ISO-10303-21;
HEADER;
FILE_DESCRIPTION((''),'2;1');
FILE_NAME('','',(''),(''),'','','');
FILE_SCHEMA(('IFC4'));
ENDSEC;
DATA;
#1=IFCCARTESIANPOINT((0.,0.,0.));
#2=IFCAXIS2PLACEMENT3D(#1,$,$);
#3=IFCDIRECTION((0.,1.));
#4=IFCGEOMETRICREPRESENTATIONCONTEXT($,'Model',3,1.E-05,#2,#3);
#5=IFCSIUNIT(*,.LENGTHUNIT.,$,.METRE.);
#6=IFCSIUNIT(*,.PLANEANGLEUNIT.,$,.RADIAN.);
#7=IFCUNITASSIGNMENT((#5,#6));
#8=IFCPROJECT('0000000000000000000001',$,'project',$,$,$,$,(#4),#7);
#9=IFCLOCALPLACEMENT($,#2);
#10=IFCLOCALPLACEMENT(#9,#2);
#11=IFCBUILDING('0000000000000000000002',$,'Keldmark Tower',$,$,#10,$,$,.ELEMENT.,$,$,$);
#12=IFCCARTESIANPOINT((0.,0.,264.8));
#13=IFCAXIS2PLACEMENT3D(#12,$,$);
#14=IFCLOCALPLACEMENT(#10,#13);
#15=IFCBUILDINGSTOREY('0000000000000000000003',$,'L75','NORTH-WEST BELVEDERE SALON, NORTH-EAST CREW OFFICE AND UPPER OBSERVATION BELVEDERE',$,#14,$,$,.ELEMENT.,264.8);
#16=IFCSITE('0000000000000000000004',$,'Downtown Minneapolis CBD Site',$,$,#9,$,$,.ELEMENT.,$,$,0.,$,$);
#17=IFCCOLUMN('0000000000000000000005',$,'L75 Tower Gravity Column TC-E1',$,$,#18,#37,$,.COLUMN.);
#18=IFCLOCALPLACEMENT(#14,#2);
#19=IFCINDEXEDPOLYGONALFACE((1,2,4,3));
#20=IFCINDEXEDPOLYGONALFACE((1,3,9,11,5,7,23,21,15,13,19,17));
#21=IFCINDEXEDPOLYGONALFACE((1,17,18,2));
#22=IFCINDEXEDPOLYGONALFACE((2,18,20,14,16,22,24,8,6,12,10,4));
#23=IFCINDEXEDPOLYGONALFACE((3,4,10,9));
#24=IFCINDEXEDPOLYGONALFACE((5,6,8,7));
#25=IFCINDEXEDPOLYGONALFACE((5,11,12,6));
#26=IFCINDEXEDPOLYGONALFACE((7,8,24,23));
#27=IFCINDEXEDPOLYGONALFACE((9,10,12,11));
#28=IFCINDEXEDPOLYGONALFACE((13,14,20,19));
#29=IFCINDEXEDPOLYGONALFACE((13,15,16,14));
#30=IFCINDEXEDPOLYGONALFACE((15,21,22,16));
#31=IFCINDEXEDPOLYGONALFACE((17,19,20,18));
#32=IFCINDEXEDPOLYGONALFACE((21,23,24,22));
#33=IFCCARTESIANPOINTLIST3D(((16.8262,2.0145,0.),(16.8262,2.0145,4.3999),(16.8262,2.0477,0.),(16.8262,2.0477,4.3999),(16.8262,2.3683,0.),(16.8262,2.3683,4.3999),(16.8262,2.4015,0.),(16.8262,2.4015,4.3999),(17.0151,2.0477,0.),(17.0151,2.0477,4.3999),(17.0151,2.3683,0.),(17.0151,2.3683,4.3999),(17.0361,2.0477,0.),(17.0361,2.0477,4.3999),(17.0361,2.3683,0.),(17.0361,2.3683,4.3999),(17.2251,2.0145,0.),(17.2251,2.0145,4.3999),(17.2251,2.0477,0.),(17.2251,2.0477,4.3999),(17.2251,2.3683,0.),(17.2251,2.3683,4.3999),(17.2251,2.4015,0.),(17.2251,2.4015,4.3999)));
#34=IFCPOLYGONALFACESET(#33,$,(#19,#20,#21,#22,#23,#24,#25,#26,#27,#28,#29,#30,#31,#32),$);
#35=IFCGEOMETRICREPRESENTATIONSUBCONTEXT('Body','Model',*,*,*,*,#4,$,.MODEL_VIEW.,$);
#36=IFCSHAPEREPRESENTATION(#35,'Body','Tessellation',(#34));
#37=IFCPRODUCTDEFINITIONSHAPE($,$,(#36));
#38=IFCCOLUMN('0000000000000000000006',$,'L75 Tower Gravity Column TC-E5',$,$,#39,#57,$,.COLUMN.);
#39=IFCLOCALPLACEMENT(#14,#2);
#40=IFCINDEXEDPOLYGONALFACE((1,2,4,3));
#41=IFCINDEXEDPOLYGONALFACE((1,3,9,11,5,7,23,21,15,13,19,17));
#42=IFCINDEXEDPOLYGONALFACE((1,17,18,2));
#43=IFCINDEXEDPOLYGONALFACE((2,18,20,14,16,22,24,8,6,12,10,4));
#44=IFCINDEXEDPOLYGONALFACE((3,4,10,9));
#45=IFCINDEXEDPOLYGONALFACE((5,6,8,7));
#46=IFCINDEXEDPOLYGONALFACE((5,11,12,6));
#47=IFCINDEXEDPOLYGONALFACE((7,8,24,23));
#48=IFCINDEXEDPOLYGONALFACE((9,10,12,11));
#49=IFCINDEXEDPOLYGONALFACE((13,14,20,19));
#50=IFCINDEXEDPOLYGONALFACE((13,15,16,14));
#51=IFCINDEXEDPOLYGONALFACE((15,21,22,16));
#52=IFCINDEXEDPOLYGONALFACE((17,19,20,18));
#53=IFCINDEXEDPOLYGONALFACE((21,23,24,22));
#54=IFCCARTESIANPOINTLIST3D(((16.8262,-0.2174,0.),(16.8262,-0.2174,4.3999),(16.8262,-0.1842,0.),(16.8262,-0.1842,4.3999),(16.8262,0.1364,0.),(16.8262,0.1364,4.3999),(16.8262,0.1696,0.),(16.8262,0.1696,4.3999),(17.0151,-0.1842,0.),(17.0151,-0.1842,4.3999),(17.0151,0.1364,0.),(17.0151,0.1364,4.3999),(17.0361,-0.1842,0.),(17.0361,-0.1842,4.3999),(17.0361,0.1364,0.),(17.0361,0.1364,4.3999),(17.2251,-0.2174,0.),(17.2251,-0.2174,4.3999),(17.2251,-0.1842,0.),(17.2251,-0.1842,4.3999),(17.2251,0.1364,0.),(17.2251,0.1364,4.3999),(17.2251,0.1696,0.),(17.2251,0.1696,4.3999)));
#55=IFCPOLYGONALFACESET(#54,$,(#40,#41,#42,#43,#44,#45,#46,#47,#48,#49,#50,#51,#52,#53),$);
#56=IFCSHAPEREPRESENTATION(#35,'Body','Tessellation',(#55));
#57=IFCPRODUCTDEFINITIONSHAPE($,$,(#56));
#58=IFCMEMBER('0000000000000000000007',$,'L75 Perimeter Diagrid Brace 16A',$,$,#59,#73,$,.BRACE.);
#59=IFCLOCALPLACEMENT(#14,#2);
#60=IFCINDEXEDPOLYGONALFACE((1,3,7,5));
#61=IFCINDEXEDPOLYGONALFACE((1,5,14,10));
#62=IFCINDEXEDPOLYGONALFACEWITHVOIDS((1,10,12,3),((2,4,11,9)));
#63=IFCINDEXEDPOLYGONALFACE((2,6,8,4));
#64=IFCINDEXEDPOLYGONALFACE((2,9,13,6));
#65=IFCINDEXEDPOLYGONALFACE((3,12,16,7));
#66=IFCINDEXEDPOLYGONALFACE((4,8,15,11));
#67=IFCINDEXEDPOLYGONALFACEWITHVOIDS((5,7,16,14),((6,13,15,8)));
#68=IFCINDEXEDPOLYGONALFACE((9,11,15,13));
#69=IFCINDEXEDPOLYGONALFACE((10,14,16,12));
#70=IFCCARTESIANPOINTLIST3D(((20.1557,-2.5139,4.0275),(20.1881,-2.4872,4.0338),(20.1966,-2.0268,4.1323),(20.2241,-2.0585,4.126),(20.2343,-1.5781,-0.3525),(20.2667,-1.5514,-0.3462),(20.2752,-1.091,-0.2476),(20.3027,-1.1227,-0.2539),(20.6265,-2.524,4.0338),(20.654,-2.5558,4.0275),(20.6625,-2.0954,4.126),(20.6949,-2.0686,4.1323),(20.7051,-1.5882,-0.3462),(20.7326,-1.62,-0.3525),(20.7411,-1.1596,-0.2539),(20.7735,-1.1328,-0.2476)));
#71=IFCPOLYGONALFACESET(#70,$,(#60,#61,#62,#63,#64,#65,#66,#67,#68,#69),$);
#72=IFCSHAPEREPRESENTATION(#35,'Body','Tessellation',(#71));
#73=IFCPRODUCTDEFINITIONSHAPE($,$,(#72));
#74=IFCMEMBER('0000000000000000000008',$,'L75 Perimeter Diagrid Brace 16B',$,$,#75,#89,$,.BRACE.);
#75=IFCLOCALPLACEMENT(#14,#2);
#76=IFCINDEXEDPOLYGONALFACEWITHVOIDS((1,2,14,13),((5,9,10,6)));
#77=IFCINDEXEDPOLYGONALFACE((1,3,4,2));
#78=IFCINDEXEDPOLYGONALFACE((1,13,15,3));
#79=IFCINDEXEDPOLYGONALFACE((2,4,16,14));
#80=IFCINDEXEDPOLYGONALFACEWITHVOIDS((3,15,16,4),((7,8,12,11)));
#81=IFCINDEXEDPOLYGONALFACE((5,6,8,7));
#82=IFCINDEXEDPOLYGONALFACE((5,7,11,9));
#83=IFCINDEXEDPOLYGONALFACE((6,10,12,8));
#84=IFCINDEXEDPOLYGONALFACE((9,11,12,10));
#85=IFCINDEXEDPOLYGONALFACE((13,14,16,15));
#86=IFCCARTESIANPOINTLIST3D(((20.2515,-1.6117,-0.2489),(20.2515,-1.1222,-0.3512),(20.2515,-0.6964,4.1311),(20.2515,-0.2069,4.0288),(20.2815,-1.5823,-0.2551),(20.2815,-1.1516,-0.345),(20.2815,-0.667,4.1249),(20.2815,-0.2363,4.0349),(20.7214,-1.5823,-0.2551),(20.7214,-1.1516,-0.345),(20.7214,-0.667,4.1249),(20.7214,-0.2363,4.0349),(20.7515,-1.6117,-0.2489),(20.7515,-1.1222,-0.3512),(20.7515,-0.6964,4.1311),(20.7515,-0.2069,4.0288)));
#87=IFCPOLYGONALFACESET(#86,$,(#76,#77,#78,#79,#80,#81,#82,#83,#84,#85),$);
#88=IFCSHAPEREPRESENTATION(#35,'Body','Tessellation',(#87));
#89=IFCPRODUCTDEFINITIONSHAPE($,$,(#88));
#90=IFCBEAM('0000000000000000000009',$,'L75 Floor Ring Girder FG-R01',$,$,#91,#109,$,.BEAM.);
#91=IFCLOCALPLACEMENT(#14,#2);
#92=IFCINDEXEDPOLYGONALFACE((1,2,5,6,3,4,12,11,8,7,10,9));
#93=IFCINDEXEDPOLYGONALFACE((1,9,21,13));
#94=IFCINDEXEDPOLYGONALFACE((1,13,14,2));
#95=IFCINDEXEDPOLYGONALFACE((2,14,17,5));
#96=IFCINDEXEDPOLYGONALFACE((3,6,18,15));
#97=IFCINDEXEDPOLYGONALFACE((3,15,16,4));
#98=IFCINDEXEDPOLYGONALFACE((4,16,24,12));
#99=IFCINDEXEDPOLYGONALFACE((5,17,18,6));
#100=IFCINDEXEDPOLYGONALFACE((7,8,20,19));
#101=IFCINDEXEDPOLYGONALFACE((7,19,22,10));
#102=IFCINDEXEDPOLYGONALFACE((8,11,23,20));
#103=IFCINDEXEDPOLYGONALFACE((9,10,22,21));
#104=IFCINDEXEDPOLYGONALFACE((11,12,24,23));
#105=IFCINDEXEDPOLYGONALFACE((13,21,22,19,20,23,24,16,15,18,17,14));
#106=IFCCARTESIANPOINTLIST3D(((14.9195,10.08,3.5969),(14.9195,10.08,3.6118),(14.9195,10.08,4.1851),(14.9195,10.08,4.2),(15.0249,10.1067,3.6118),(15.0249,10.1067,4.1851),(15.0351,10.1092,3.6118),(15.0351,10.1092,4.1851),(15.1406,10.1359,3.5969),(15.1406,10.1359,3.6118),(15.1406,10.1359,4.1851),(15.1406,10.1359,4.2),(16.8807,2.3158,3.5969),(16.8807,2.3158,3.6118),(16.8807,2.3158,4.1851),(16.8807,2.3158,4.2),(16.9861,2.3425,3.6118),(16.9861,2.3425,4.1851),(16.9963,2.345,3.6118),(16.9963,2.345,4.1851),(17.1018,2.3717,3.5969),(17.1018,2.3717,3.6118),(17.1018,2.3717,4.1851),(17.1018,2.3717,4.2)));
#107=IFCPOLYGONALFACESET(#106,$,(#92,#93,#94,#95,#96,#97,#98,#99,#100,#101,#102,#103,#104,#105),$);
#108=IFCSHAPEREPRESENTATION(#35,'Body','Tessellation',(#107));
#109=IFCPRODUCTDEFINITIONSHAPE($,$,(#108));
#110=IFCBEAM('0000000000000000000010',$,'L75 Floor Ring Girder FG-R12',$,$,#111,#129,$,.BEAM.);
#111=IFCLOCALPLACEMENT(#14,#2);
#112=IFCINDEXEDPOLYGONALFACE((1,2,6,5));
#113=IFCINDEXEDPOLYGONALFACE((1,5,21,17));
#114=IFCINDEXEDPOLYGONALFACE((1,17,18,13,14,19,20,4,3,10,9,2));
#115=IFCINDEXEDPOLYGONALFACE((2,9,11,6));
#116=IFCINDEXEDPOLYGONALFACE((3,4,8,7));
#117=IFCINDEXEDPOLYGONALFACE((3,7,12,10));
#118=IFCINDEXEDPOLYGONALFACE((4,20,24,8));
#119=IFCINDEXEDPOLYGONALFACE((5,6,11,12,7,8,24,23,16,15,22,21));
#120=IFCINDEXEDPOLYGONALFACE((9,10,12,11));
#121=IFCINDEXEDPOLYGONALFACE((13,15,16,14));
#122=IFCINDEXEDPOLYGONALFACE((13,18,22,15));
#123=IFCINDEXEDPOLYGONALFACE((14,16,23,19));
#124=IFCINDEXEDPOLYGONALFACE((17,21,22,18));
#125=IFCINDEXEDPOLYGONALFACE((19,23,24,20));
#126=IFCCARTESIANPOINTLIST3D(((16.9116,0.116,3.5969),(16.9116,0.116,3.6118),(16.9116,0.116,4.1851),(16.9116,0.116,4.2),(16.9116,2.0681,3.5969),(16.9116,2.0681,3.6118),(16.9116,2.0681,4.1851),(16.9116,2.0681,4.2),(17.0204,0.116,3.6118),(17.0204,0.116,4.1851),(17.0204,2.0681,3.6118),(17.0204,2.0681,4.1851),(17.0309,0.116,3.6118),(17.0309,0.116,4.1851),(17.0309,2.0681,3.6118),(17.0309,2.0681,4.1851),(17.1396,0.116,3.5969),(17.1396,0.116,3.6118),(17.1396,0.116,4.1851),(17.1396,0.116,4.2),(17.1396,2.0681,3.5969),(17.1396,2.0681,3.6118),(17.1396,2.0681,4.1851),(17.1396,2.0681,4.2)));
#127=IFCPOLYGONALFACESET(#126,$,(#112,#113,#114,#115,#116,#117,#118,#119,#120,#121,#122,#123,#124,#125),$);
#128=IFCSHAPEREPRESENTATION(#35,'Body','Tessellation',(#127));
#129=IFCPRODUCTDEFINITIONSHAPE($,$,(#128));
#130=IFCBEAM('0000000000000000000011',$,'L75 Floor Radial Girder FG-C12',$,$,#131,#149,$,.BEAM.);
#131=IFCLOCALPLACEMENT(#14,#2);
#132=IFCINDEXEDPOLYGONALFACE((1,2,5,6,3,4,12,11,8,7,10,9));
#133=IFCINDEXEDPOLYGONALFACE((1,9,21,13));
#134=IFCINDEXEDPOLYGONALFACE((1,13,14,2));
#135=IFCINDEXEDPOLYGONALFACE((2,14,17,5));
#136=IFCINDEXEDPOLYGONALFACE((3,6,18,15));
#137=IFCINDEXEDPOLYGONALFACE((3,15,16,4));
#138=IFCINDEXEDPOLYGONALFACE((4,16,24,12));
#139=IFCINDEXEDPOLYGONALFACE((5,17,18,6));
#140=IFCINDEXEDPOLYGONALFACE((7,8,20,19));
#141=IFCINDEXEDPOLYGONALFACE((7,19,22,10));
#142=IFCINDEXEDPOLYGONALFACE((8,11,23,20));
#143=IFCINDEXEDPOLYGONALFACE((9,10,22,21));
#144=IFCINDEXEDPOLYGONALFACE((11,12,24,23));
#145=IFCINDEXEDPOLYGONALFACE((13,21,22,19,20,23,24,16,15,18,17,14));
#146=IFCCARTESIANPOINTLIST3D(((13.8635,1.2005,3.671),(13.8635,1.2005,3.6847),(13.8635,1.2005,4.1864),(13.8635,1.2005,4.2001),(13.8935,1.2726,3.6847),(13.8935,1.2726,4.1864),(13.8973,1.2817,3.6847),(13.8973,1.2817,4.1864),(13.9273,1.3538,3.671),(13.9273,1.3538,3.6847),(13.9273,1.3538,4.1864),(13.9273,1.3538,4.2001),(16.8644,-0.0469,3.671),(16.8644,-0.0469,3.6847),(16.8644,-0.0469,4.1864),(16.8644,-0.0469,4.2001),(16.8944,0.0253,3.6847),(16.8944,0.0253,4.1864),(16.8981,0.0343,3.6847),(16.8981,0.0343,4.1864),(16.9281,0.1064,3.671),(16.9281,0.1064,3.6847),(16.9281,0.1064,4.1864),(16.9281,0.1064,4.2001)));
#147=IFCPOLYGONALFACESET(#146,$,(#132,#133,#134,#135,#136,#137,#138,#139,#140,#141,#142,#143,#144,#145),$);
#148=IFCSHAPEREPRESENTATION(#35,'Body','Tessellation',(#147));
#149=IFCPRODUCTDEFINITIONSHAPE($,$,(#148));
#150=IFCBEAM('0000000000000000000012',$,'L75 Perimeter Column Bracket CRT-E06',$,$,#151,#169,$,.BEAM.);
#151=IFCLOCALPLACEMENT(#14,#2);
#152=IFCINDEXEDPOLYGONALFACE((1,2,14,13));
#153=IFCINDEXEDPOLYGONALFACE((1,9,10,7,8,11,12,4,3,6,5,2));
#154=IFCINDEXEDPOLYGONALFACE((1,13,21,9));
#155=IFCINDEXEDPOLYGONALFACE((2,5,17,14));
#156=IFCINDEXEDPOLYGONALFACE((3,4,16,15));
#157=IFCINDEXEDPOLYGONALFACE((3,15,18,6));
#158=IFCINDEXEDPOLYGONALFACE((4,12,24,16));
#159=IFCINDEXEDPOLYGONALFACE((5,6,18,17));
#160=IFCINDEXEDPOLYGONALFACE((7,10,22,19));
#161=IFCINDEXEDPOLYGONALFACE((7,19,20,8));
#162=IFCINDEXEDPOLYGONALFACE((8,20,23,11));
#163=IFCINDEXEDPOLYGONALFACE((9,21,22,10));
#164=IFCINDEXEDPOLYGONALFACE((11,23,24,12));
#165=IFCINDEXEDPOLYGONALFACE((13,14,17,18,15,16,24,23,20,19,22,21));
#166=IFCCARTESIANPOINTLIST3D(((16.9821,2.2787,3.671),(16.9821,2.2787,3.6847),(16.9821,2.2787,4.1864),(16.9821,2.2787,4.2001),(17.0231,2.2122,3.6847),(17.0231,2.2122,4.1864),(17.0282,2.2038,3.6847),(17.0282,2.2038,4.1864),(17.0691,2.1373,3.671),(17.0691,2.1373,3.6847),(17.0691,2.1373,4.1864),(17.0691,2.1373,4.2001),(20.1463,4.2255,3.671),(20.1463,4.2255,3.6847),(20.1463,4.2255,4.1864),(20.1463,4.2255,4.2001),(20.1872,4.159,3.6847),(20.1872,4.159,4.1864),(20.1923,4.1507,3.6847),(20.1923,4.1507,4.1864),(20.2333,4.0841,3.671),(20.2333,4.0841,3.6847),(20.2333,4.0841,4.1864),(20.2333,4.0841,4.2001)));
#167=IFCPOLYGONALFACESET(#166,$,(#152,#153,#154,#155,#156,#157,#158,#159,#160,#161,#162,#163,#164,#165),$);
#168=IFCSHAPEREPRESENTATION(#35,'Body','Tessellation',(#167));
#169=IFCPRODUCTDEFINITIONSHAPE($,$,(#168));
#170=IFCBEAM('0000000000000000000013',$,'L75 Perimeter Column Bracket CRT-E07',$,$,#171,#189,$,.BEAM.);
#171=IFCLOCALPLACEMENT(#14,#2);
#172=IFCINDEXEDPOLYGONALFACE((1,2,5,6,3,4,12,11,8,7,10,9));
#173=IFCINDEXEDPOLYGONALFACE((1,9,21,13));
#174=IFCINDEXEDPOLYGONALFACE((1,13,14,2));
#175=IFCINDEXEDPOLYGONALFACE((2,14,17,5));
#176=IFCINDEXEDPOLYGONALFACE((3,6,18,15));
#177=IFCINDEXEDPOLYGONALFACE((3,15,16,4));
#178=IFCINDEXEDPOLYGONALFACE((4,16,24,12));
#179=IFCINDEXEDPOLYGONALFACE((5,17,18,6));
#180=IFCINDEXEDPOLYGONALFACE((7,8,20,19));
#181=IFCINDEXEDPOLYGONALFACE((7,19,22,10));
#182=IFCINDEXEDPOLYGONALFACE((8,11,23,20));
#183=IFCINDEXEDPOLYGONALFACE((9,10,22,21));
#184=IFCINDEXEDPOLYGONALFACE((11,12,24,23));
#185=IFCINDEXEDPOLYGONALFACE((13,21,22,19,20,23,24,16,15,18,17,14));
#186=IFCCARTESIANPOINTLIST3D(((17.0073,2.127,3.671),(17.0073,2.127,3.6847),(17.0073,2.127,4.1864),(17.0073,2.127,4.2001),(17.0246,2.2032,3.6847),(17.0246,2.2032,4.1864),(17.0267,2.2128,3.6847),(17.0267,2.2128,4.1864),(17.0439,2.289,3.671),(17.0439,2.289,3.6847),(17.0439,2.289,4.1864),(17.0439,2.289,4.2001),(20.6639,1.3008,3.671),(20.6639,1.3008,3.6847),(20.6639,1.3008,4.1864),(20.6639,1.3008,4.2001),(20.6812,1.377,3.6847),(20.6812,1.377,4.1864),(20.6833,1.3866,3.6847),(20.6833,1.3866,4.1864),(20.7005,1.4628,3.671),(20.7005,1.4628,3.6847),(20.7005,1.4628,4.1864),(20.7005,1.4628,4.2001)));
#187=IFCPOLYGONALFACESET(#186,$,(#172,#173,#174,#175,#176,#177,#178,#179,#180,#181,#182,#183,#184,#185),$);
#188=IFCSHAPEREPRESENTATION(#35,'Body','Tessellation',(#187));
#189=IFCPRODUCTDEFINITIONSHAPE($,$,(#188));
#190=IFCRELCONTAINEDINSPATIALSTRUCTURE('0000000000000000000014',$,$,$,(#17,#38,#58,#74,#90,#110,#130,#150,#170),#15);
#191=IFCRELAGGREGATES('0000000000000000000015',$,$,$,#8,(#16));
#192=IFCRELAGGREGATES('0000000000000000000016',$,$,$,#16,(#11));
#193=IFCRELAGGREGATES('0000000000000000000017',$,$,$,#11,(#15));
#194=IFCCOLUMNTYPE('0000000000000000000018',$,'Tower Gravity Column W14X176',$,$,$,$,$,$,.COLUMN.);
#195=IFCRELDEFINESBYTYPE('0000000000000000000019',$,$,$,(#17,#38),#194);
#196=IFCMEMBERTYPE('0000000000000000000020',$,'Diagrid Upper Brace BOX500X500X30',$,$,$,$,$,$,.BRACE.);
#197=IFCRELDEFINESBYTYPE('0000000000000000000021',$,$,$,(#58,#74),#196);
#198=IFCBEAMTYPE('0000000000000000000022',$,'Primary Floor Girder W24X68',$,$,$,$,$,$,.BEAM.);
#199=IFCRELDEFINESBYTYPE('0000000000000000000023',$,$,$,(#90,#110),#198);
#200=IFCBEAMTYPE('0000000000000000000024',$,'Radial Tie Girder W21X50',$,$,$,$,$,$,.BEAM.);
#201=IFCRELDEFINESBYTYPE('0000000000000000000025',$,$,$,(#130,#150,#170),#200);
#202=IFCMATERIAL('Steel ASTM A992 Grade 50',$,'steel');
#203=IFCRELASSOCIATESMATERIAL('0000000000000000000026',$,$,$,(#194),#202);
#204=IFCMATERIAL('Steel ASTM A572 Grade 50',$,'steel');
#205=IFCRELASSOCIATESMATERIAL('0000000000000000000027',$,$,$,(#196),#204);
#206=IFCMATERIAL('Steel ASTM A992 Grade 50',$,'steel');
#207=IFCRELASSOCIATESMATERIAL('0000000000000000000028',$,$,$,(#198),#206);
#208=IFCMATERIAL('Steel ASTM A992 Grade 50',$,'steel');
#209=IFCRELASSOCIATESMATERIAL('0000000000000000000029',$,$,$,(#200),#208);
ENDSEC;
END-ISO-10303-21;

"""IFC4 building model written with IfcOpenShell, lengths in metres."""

from ifc_helpers import new_model, si_unit, direction, frame, origin, origin_2d, place, context, subcontext, project, spatial, hollow_rectangle, i_section, extrude, material, material_profile, profile_set, type_object, element, save


model = new_model("IFC4")

# Units and contexts
model_context = context("Model", 3, precision=1e-05, world=origin(), true_north=direction((0.0, 1.0)))
body_context = subcontext(model_context, "Body", "Model", "MODEL_VIEW")
ifc_project = project(units=[si_unit("LENGTHUNIT", "METRE"), si_unit("PLANEANGLEUNIT", "RADIAN")], contexts=[model_context])

# Site, building, storey
site_placement = place(None, origin())
site = spatial("IfcSite", under=ifc_project, at=site_placement, Name="Downtown Minneapolis CBD Site", CompositionType="ELEMENT", RefElevation=0.0)
building_placement = place(site_placement, origin())
building = spatial("IfcBuilding", under=site, at=building_placement, Name="Keldmark Tower", CompositionType="ELEMENT")
storey_placement = place(building_placement, frame((0.0, 0.0, 264.8)))
storey = spatial("IfcBuildingStorey", under=building, at=storey_placement, Name="L75", Description="NORTH-WEST BELVEDERE SALON, NORTH-EAST CREW OFFICE AND UPPER OBSERVATION BELVEDERE", CompositionType="ELEMENT", Elevation=264.8)

# Columns
ifc_material_1 = material(Name="Steel ASTM A992 Grade 50", Category="steel")
ifc_material_profile_1 = material_profile(ifc_material_1, i_section(OverallWidth=0.3989, OverallDepth=0.387, WebThickness=0.021, FlangeThickness=0.0332, at=origin_2d()), Name="W14X176")
ifc_profile_set_1 = profile_set([ifc_material_profile_1], Name="Steel ASTM A992 Grade 50")
column_type = type_object("IfcColumnType", Name="Tower Gravity Column W14X176", PredefinedType="COLUMN", material=ifc_profile_set_1)
for number, where, z_axis, x_axis, name in (
    (1, (17.0256, 2.208, 0.0), (0.0, 0.0, 1.0), (1.0, 0.0, 0.0), "L75 Tower Gravity Column TC-E1"),
    (2, (17.0256, -0.0239, 0.0), (0.0, 0.0, 1.0), (1.0, 0.0, 0.0), "L75 Tower Gravity Column TC-E5"),
):
    element("IfcColumn", number, at=place(storey_placement, frame(where, z_axis=z_axis, x_axis=x_axis)), inside=storey, type_object=column_type, Name=name, PredefinedType="COLUMN", context=body_context, shape_type="SweptSolid", body=[
        extrude(i_section(OverallWidth=0.3989, OverallDepth=0.387, WebThickness=0.021, FlangeThickness=0.0332, at=origin_2d()), origin(), (0.0, 0.0, 1.0), 4.3999),
    ])

# Members
ifc_material_2 = material(Name="Steel ASTM A572 Grade 50", Category="steel")
ifc_material_profile_2 = material_profile(ifc_material_2, hollow_rectangle(XDim=0.5, YDim=0.5, WallThickness=0.03, at=origin_2d()), Name="BOX500X500X30")
ifc_profile_set_2 = profile_set([ifc_material_profile_2], Name="Steel ASTM A572 Grade 50")
member_type = type_object("IfcMemberType", Name="Diagrid Upper Brace BOX500X500X30", PredefinedType="BRACE", material=ifc_profile_set_2)
member_1_placement = place(storey_placement, frame((20.5039, -1.3555, -0.3), z_axis=(-0.01755, -0.208909, 0.977778), x_axis=(0.99649, -0.083712, 0.0)))
element("IfcMember", 3, at=member_1_placement, inside=storey, type_object=member_type, Name="L75 Perimeter Diagrid Brace 16A", PredefinedType="BRACE", context=body_context, shape_type="SweptSolid", body=[
    extrude(hollow_rectangle(XDim=0.5, YDim=0.5, WallThickness=0.03, at=origin_2d()), origin(), (0.0, 0.0, 1.0), 4.4795),
])
member_2_placement = place(storey_placement, frame((20.5015, -1.3669, -0.3), z_axis=(0.0, 0.204556, 0.978855), x_axis=(-1.0, 0.0, 0.0)))
element("IfcMember", 4, at=member_2_placement, inside=storey, type_object=member_type, Name="L75 Perimeter Diagrid Brace 16B", PredefinedType="BRACE", context=body_context, shape_type="SweptSolid", body=[
    extrude(hollow_rectangle(XDim=0.5, YDim=0.5, WallThickness=0.03, at=origin_2d()), origin(), (0.0, 0.0, 1.0), 4.4746),
])

# Beams
ifc_material_3 = material(Name="Steel ASTM A992 Grade 50", Category="steel")
ifc_material_profile_3 = material_profile(ifc_material_3, i_section(OverallWidth=0.228, OverallDepth=0.603, WebThickness=0.0105, FlangeThickness=0.0149, at=origin_2d()), Name="W24X68")
ifc_profile_set_3 = profile_set([ifc_material_profile_3], Name="Steel ASTM A992 Grade 50")
beam_type_1 = type_object("IfcBeamType", Name="Primary Floor Girder W24X68", PredefinedType="BEAM", material=ifc_profile_set_3)
beam_1_placement = place(storey_placement, frame((16.9912, 2.3438, 3.8984), z_axis=(-0.244902, 0.969548, 0.0), x_axis=(-0.969548, -0.244902, 0.0)))
element("IfcBeam", 5, at=beam_1_placement, inside=storey, type_object=beam_type_1, Name="L75 Floor Ring Girder FG-R01", PredefinedType="BEAM", context=body_context, shape_type="SweptSolid", body=[
    extrude(i_section(OverallWidth=0.228, OverallDepth=0.603, WebThickness=0.0105, FlangeThickness=0.0149, at=origin_2d()), origin(), (0.0, 0.0, 1.0), 8.0081),
])
beam_2_placement = place(storey_placement, frame((17.0256, 0.116, 3.8984), z_axis=(0.0, 1.0, 0.0), x_axis=(-1.0, 0.0, 0.0)))
element("IfcBeam", 6, at=beam_2_placement, inside=storey, type_object=beam_type_1, Name="L75 Floor Ring Girder FG-R12", PredefinedType="BEAM", context=body_context, shape_type="SweptSolid", body=[
    extrude(i_section(OverallWidth=0.228, OverallDepth=0.603, WebThickness=0.0105, FlangeThickness=0.0149, at=origin_2d()), origin(), (0.0, 0.0, 1.0), 1.9521),
])
ifc_material_4 = material(Name="Steel ASTM A992 Grade 50", Category="steel")
ifc_material_profile_4 = material_profile(ifc_material_4, i_section(OverallWidth=0.166, OverallDepth=0.5291, WebThickness=0.0098, FlangeThickness=0.0137, at=origin_2d()), Name="W21X50")
ifc_profile_set_4 = profile_set([ifc_material_profile_4], Name="Steel ASTM A992 Grade 50")
beam_type_2 = type_object("IfcBeamType", Name="Radial Tie Girder W21X50", PredefinedType="BEAM", material=ifc_profile_set_4)
beam_3_placement = place(storey_placement, frame((16.8962, 0.0298, 3.9355), z_axis=(-0.923403, 0.383831, 0.0), x_axis=(-0.383831, -0.923403, 0.0)))
element("IfcBeam", 7, at=beam_3_placement, inside=storey, type_object=beam_type_2, Name="L75 Floor Radial Girder FG-C12", PredefinedType="BEAM", context=body_context, shape_type="SweptSolid", body=[
    extrude(i_section(OverallWidth=0.166, OverallDepth=0.5291, WebThickness=0.0098, FlangeThickness=0.0137, at=origin_2d()), origin(), (0.0, 0.0, 1.0), 3.2498),
])
beam_4_placement = place(storey_placement, frame((17.0256, 2.208, 3.9355), z_axis=(0.851699, 0.524031, 0.0), x_axis=(-0.524031, 0.851699, 0.0)))
element("IfcBeam", 8, at=beam_4_placement, inside=storey, type_object=beam_type_2, Name="L75 Perimeter Column Bracket CRT-E06", PredefinedType="BEAM", context=body_context, shape_type="SweptSolid", body=[
    extrude(i_section(OverallWidth=0.166, OverallDepth=0.5291, WebThickness=0.0098, FlangeThickness=0.0137, at=origin_2d()), origin(), (0.0, 0.0, 1.0), 3.7151),
])
beam_5_placement = place(storey_placement, frame((17.0256, 2.208, 3.9355), z_axis=(0.975412, -0.220391, 0.0), x_axis=(0.220391, 0.975412, 0.0)))
element("IfcBeam", 9, at=beam_5_placement, inside=storey, type_object=beam_type_2, Name="L75 Perimeter Column Bracket CRT-E07", PredefinedType="BEAM", context=body_context, shape_type="SweptSolid", body=[
    extrude(i_section(OverallWidth=0.166, OverallDepth=0.5291, WebThickness=0.0098, FlangeThickness=0.0137, at=origin_2d()), origin(), (0.0, 0.0, 1.0), 3.7488),
])

save(model, "model.ifc")
